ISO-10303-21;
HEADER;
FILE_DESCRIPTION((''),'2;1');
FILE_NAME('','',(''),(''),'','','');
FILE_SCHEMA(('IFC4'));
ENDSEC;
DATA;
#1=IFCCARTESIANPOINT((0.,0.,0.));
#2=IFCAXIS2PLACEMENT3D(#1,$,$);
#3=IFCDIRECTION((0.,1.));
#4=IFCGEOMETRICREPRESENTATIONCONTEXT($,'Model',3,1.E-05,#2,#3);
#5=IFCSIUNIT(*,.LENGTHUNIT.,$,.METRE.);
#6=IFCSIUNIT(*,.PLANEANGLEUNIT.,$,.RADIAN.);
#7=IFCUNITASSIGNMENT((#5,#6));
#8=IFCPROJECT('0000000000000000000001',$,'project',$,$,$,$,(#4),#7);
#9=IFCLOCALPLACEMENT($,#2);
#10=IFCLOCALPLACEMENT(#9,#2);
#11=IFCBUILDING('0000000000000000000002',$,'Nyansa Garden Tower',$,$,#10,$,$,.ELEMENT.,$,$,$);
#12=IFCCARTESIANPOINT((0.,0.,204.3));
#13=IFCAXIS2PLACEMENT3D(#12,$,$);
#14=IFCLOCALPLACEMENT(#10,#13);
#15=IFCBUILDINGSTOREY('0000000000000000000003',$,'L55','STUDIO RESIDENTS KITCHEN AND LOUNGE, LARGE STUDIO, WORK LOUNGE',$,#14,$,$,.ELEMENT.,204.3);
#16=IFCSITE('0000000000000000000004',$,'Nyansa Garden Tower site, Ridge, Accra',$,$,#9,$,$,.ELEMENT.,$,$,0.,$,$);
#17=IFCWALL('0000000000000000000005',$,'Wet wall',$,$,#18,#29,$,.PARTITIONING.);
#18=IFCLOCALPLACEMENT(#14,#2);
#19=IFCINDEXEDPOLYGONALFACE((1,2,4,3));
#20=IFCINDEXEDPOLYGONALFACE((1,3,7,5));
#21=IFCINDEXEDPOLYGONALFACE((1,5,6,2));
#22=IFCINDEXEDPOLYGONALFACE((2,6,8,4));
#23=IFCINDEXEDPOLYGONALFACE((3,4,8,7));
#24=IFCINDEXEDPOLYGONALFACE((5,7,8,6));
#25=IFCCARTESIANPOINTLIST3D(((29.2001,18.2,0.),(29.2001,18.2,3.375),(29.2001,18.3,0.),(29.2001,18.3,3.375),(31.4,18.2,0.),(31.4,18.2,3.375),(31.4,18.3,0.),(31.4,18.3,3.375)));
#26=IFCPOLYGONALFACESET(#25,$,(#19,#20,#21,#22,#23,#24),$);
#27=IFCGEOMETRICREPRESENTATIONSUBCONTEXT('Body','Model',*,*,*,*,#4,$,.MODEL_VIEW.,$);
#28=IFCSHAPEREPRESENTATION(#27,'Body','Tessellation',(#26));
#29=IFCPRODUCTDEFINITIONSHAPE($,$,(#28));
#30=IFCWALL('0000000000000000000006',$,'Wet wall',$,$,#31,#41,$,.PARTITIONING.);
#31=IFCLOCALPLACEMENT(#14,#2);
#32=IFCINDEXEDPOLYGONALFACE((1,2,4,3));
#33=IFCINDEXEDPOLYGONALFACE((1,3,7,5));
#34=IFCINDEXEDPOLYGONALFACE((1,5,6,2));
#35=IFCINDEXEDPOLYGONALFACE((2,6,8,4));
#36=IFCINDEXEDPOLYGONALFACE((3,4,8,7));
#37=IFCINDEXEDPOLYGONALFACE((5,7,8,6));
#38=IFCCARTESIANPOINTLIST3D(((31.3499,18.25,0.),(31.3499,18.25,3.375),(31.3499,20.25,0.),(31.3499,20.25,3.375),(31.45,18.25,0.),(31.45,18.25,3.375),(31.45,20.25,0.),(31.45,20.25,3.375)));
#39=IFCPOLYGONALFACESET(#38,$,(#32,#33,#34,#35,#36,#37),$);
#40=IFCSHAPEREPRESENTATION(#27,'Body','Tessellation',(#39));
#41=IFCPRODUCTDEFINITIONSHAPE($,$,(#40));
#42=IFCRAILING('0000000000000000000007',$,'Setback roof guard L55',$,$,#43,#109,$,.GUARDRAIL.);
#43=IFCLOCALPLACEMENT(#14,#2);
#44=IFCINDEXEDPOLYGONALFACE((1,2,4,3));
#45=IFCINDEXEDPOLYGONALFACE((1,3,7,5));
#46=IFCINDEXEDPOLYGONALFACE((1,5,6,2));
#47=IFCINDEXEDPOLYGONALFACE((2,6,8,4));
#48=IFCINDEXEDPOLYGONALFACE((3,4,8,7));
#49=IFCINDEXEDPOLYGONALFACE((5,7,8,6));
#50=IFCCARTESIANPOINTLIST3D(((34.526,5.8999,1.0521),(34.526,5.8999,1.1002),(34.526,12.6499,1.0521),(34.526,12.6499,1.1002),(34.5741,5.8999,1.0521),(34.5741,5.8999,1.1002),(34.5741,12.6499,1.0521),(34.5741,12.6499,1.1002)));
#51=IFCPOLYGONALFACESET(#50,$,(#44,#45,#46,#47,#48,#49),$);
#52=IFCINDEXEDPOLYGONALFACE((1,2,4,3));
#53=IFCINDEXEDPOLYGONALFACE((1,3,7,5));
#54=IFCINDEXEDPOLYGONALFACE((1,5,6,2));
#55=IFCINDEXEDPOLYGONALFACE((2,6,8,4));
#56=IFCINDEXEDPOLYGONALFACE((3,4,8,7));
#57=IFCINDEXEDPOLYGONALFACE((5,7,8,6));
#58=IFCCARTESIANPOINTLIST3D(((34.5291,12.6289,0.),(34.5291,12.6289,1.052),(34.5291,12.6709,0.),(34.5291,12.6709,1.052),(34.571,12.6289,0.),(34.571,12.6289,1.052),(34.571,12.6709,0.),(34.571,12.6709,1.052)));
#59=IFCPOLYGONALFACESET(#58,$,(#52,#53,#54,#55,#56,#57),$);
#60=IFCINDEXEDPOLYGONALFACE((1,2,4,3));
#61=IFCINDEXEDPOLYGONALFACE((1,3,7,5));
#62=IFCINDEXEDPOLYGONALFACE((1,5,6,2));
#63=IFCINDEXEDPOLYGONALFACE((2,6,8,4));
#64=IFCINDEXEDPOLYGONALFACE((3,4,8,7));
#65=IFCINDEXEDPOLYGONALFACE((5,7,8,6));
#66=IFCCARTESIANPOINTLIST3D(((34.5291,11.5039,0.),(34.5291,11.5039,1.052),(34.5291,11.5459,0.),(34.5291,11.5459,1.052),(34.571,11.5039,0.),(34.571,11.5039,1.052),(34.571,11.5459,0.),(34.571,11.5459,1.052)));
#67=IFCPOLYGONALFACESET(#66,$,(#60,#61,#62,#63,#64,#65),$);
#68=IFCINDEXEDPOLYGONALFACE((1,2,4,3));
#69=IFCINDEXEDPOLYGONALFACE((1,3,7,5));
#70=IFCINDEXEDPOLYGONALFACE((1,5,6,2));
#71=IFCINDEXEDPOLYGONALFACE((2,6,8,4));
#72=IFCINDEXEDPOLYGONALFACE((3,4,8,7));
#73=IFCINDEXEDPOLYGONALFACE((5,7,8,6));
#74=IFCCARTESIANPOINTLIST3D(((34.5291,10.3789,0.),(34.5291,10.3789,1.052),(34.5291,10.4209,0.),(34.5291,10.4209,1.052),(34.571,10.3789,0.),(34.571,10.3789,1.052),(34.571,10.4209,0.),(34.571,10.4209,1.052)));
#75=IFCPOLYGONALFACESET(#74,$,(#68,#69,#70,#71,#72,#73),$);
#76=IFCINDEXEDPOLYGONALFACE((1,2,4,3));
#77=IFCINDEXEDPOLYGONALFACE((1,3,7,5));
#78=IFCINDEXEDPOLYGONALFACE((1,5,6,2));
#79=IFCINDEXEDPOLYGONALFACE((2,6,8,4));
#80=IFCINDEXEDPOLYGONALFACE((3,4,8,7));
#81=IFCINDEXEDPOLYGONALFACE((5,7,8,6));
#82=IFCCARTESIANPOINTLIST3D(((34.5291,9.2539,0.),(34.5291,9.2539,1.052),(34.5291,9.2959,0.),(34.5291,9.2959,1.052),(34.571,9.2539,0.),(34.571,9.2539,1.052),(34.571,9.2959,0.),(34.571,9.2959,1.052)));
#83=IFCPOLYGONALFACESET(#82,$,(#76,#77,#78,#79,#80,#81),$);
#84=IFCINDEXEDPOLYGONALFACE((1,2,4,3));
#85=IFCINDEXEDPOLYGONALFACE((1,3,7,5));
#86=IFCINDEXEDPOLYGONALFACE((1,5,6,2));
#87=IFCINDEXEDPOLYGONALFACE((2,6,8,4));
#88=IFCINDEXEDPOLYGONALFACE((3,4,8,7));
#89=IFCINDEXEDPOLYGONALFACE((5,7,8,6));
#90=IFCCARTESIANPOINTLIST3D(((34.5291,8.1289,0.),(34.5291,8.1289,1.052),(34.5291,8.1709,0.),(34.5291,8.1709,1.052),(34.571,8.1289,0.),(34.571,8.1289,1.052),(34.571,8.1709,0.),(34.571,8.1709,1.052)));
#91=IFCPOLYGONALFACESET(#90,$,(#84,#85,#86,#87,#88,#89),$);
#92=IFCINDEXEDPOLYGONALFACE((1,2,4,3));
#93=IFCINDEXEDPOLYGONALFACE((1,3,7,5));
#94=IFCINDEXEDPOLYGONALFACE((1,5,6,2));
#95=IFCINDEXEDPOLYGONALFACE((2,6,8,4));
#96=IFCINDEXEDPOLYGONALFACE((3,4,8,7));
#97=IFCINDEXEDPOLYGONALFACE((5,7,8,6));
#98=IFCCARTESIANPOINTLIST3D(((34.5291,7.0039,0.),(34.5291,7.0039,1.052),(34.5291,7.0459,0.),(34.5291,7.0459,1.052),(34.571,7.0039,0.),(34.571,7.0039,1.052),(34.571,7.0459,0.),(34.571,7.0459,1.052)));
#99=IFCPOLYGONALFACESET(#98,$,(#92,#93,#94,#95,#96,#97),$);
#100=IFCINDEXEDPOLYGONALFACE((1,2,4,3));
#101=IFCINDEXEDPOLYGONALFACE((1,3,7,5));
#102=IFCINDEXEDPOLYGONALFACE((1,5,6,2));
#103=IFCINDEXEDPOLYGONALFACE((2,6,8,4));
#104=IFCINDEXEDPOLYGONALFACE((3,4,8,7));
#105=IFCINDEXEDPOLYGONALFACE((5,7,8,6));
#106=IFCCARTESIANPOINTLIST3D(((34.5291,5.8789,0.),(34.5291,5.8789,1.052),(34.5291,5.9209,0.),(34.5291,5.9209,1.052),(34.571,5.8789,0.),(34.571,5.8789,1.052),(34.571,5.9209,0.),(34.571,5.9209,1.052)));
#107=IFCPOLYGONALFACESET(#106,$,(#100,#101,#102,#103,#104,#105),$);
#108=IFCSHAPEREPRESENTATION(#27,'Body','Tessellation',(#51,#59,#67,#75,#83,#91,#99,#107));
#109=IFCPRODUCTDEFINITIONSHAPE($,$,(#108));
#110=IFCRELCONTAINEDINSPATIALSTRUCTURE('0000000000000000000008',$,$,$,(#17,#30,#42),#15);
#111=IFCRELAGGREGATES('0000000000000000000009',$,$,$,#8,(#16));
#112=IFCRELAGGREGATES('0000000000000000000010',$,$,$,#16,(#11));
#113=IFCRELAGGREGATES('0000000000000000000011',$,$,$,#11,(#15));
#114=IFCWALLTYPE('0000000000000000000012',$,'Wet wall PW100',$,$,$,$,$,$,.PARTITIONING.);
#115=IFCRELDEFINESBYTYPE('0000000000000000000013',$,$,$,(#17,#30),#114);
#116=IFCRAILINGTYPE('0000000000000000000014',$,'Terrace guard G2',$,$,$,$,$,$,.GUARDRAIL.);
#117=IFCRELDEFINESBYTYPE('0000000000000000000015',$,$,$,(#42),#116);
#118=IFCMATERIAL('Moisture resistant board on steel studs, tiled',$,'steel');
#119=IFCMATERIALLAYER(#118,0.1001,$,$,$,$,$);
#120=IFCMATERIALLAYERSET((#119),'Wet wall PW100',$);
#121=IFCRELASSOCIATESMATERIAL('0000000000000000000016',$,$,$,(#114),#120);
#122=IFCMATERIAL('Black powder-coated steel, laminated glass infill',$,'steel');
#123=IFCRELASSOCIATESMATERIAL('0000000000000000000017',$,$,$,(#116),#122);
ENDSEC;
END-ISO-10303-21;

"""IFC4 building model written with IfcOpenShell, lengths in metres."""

from ifc_helpers import new_model, si_unit, direction, frame, frame_2d, origin, origin_2d, place, context, subcontext, project, spatial, rectangle, extrude, material, layer, layer_set, type_object, element, save


model = new_model("IFC4")

# Units and contexts
model_context = context("Model", 3, precision=1e-05, world=origin(), true_north=direction((0.0, 1.0)))
body_context = subcontext(model_context, "Body", "Model", "MODEL_VIEW")
ifc_project = project(units=[si_unit("LENGTHUNIT", "METRE"), si_unit("PLANEANGLEUNIT", "RADIAN")], contexts=[model_context])

# Site, building, storey
site_placement = place(None, origin())
site = spatial("IfcSite", under=ifc_project, at=site_placement, Name="Nyansa Garden Tower site, Ridge, Accra", CompositionType="ELEMENT", RefElevation=0.0)
building_placement = place(site_placement, origin())
building = spatial("IfcBuilding", under=site, at=building_placement, Name="Nyansa Garden Tower", CompositionType="ELEMENT")
storey_placement = place(building_placement, frame((0.0, 0.0, 204.3)))
storey = spatial("IfcBuildingStorey", under=building, at=storey_placement, Name="L55", Description="STUDIO RESIDENTS KITCHEN AND LOUNGE, LARGE STUDIO, WORK LOUNGE", CompositionType="ELEMENT", Elevation=204.3)

# Walls
ifc_material_1 = material(Name="Moisture resistant board on steel studs, tiled", Category="steel")
ifc_layer_1 = layer(ifc_material_1, 0.1001)
ifc_layer_set_1 = layer_set([ifc_layer_1], Name="Wet wall PW100")
wall_type_1 = type_object("IfcWallType", Name="Wet wall PW100", PredefinedType="PARTITIONING", material=ifc_layer_set_1)
wall_1_placement = place(storey_placement, frame((29.2, 18.25, 0.0), z_axis=(0.0, 0.0, 1.0), x_axis=(1.0, 0.0, 0.0)))
element("IfcWall", 1, at=wall_1_placement, inside=storey, type_object=wall_type_1, Name="Wet wall", PredefinedType="PARTITIONING", context=body_context, shape_type="SweptSolid", body=[
    extrude(rectangle(XDim=2.2, YDim=0.1001, at=frame_2d((1.1001, 0.0))), origin(), (0.0, 0.0, 1.0), 3.375),
])
wall_2_placement = place(storey_placement, frame((31.3999, 18.25, 0.0), z_axis=(0.0, 0.0, 1.0), x_axis=(0.0, 1.0, 0.0)))
element("IfcWall", 2, at=wall_2_placement, inside=storey, type_object=wall_type_1, Name="Wet wall", PredefinedType="PARTITIONING", context=body_context, shape_type="SweptSolid", body=[
    extrude(rectangle(XDim=2.0, YDim=0.1001, at=frame_2d((1.0, 0.0))), origin(), (0.0, 0.0, 1.0), 3.375),
])

# Railing
ifc_material_2 = material(Name="Black powder-coated steel, laminated glass infill", Category="steel")
railing_type = type_object("IfcRailingType", Name="Terrace guard G2", PredefinedType="GUARDRAIL", material=ifc_material_2)
railing_placement = place(storey_placement, frame((34.55, 12.6499, 0.0)))
element("IfcRailing", 3, at=railing_placement, inside=storey, type_object=railing_type, Name="Setback roof guard L55", PredefinedType="GUARDRAIL", context=body_context, shape_type="SweptSolid", body=[
    extrude(rectangle(XDim=0.0481, YDim=0.0481, at=origin_2d()), frame((0.0, 0.0, 1.0762), z_axis=(0.0, -1.0, 0.0), x_axis=(1.0, 0.0, 0.0)), (0.0, 0.0, 1.0), 6.75),
    extrude(rectangle(XDim=0.042, YDim=0.042, at=origin_2d()), origin(), (0.0, 0.0, 1.0), 1.052),
    extrude(rectangle(XDim=0.042, YDim=0.042, at=origin_2d()), frame((0.0, -1.125, 0.0)), (0.0, 0.0, 1.0), 1.052),
    extrude(rectangle(XDim=0.042, YDim=0.042, at=origin_2d()), frame((0.0, -2.25, 0.0)), (0.0, 0.0, 1.0), 1.052),
    extrude(rectangle(XDim=0.042, YDim=0.042, at=origin_2d()), frame((0.0, -3.375, 0.0)), (0.0, 0.0, 1.0), 1.052),
    extrude(rectangle(XDim=0.042, YDim=0.042, at=origin_2d()), frame((0.0, -4.5, 0.0)), (0.0, 0.0, 1.0), 1.052),
    extrude(rectangle(XDim=0.042, YDim=0.042, at=origin_2d()), frame((0.0, -5.625, 0.0)), (0.0, 0.0, 1.0), 1.052),
    extrude(rectangle(XDim=0.042, YDim=0.042, at=origin_2d()), frame((0.0, -6.75, 0.0)), (0.0, 0.0, 1.0), 1.052),
])

save(model, "model.ifc")
